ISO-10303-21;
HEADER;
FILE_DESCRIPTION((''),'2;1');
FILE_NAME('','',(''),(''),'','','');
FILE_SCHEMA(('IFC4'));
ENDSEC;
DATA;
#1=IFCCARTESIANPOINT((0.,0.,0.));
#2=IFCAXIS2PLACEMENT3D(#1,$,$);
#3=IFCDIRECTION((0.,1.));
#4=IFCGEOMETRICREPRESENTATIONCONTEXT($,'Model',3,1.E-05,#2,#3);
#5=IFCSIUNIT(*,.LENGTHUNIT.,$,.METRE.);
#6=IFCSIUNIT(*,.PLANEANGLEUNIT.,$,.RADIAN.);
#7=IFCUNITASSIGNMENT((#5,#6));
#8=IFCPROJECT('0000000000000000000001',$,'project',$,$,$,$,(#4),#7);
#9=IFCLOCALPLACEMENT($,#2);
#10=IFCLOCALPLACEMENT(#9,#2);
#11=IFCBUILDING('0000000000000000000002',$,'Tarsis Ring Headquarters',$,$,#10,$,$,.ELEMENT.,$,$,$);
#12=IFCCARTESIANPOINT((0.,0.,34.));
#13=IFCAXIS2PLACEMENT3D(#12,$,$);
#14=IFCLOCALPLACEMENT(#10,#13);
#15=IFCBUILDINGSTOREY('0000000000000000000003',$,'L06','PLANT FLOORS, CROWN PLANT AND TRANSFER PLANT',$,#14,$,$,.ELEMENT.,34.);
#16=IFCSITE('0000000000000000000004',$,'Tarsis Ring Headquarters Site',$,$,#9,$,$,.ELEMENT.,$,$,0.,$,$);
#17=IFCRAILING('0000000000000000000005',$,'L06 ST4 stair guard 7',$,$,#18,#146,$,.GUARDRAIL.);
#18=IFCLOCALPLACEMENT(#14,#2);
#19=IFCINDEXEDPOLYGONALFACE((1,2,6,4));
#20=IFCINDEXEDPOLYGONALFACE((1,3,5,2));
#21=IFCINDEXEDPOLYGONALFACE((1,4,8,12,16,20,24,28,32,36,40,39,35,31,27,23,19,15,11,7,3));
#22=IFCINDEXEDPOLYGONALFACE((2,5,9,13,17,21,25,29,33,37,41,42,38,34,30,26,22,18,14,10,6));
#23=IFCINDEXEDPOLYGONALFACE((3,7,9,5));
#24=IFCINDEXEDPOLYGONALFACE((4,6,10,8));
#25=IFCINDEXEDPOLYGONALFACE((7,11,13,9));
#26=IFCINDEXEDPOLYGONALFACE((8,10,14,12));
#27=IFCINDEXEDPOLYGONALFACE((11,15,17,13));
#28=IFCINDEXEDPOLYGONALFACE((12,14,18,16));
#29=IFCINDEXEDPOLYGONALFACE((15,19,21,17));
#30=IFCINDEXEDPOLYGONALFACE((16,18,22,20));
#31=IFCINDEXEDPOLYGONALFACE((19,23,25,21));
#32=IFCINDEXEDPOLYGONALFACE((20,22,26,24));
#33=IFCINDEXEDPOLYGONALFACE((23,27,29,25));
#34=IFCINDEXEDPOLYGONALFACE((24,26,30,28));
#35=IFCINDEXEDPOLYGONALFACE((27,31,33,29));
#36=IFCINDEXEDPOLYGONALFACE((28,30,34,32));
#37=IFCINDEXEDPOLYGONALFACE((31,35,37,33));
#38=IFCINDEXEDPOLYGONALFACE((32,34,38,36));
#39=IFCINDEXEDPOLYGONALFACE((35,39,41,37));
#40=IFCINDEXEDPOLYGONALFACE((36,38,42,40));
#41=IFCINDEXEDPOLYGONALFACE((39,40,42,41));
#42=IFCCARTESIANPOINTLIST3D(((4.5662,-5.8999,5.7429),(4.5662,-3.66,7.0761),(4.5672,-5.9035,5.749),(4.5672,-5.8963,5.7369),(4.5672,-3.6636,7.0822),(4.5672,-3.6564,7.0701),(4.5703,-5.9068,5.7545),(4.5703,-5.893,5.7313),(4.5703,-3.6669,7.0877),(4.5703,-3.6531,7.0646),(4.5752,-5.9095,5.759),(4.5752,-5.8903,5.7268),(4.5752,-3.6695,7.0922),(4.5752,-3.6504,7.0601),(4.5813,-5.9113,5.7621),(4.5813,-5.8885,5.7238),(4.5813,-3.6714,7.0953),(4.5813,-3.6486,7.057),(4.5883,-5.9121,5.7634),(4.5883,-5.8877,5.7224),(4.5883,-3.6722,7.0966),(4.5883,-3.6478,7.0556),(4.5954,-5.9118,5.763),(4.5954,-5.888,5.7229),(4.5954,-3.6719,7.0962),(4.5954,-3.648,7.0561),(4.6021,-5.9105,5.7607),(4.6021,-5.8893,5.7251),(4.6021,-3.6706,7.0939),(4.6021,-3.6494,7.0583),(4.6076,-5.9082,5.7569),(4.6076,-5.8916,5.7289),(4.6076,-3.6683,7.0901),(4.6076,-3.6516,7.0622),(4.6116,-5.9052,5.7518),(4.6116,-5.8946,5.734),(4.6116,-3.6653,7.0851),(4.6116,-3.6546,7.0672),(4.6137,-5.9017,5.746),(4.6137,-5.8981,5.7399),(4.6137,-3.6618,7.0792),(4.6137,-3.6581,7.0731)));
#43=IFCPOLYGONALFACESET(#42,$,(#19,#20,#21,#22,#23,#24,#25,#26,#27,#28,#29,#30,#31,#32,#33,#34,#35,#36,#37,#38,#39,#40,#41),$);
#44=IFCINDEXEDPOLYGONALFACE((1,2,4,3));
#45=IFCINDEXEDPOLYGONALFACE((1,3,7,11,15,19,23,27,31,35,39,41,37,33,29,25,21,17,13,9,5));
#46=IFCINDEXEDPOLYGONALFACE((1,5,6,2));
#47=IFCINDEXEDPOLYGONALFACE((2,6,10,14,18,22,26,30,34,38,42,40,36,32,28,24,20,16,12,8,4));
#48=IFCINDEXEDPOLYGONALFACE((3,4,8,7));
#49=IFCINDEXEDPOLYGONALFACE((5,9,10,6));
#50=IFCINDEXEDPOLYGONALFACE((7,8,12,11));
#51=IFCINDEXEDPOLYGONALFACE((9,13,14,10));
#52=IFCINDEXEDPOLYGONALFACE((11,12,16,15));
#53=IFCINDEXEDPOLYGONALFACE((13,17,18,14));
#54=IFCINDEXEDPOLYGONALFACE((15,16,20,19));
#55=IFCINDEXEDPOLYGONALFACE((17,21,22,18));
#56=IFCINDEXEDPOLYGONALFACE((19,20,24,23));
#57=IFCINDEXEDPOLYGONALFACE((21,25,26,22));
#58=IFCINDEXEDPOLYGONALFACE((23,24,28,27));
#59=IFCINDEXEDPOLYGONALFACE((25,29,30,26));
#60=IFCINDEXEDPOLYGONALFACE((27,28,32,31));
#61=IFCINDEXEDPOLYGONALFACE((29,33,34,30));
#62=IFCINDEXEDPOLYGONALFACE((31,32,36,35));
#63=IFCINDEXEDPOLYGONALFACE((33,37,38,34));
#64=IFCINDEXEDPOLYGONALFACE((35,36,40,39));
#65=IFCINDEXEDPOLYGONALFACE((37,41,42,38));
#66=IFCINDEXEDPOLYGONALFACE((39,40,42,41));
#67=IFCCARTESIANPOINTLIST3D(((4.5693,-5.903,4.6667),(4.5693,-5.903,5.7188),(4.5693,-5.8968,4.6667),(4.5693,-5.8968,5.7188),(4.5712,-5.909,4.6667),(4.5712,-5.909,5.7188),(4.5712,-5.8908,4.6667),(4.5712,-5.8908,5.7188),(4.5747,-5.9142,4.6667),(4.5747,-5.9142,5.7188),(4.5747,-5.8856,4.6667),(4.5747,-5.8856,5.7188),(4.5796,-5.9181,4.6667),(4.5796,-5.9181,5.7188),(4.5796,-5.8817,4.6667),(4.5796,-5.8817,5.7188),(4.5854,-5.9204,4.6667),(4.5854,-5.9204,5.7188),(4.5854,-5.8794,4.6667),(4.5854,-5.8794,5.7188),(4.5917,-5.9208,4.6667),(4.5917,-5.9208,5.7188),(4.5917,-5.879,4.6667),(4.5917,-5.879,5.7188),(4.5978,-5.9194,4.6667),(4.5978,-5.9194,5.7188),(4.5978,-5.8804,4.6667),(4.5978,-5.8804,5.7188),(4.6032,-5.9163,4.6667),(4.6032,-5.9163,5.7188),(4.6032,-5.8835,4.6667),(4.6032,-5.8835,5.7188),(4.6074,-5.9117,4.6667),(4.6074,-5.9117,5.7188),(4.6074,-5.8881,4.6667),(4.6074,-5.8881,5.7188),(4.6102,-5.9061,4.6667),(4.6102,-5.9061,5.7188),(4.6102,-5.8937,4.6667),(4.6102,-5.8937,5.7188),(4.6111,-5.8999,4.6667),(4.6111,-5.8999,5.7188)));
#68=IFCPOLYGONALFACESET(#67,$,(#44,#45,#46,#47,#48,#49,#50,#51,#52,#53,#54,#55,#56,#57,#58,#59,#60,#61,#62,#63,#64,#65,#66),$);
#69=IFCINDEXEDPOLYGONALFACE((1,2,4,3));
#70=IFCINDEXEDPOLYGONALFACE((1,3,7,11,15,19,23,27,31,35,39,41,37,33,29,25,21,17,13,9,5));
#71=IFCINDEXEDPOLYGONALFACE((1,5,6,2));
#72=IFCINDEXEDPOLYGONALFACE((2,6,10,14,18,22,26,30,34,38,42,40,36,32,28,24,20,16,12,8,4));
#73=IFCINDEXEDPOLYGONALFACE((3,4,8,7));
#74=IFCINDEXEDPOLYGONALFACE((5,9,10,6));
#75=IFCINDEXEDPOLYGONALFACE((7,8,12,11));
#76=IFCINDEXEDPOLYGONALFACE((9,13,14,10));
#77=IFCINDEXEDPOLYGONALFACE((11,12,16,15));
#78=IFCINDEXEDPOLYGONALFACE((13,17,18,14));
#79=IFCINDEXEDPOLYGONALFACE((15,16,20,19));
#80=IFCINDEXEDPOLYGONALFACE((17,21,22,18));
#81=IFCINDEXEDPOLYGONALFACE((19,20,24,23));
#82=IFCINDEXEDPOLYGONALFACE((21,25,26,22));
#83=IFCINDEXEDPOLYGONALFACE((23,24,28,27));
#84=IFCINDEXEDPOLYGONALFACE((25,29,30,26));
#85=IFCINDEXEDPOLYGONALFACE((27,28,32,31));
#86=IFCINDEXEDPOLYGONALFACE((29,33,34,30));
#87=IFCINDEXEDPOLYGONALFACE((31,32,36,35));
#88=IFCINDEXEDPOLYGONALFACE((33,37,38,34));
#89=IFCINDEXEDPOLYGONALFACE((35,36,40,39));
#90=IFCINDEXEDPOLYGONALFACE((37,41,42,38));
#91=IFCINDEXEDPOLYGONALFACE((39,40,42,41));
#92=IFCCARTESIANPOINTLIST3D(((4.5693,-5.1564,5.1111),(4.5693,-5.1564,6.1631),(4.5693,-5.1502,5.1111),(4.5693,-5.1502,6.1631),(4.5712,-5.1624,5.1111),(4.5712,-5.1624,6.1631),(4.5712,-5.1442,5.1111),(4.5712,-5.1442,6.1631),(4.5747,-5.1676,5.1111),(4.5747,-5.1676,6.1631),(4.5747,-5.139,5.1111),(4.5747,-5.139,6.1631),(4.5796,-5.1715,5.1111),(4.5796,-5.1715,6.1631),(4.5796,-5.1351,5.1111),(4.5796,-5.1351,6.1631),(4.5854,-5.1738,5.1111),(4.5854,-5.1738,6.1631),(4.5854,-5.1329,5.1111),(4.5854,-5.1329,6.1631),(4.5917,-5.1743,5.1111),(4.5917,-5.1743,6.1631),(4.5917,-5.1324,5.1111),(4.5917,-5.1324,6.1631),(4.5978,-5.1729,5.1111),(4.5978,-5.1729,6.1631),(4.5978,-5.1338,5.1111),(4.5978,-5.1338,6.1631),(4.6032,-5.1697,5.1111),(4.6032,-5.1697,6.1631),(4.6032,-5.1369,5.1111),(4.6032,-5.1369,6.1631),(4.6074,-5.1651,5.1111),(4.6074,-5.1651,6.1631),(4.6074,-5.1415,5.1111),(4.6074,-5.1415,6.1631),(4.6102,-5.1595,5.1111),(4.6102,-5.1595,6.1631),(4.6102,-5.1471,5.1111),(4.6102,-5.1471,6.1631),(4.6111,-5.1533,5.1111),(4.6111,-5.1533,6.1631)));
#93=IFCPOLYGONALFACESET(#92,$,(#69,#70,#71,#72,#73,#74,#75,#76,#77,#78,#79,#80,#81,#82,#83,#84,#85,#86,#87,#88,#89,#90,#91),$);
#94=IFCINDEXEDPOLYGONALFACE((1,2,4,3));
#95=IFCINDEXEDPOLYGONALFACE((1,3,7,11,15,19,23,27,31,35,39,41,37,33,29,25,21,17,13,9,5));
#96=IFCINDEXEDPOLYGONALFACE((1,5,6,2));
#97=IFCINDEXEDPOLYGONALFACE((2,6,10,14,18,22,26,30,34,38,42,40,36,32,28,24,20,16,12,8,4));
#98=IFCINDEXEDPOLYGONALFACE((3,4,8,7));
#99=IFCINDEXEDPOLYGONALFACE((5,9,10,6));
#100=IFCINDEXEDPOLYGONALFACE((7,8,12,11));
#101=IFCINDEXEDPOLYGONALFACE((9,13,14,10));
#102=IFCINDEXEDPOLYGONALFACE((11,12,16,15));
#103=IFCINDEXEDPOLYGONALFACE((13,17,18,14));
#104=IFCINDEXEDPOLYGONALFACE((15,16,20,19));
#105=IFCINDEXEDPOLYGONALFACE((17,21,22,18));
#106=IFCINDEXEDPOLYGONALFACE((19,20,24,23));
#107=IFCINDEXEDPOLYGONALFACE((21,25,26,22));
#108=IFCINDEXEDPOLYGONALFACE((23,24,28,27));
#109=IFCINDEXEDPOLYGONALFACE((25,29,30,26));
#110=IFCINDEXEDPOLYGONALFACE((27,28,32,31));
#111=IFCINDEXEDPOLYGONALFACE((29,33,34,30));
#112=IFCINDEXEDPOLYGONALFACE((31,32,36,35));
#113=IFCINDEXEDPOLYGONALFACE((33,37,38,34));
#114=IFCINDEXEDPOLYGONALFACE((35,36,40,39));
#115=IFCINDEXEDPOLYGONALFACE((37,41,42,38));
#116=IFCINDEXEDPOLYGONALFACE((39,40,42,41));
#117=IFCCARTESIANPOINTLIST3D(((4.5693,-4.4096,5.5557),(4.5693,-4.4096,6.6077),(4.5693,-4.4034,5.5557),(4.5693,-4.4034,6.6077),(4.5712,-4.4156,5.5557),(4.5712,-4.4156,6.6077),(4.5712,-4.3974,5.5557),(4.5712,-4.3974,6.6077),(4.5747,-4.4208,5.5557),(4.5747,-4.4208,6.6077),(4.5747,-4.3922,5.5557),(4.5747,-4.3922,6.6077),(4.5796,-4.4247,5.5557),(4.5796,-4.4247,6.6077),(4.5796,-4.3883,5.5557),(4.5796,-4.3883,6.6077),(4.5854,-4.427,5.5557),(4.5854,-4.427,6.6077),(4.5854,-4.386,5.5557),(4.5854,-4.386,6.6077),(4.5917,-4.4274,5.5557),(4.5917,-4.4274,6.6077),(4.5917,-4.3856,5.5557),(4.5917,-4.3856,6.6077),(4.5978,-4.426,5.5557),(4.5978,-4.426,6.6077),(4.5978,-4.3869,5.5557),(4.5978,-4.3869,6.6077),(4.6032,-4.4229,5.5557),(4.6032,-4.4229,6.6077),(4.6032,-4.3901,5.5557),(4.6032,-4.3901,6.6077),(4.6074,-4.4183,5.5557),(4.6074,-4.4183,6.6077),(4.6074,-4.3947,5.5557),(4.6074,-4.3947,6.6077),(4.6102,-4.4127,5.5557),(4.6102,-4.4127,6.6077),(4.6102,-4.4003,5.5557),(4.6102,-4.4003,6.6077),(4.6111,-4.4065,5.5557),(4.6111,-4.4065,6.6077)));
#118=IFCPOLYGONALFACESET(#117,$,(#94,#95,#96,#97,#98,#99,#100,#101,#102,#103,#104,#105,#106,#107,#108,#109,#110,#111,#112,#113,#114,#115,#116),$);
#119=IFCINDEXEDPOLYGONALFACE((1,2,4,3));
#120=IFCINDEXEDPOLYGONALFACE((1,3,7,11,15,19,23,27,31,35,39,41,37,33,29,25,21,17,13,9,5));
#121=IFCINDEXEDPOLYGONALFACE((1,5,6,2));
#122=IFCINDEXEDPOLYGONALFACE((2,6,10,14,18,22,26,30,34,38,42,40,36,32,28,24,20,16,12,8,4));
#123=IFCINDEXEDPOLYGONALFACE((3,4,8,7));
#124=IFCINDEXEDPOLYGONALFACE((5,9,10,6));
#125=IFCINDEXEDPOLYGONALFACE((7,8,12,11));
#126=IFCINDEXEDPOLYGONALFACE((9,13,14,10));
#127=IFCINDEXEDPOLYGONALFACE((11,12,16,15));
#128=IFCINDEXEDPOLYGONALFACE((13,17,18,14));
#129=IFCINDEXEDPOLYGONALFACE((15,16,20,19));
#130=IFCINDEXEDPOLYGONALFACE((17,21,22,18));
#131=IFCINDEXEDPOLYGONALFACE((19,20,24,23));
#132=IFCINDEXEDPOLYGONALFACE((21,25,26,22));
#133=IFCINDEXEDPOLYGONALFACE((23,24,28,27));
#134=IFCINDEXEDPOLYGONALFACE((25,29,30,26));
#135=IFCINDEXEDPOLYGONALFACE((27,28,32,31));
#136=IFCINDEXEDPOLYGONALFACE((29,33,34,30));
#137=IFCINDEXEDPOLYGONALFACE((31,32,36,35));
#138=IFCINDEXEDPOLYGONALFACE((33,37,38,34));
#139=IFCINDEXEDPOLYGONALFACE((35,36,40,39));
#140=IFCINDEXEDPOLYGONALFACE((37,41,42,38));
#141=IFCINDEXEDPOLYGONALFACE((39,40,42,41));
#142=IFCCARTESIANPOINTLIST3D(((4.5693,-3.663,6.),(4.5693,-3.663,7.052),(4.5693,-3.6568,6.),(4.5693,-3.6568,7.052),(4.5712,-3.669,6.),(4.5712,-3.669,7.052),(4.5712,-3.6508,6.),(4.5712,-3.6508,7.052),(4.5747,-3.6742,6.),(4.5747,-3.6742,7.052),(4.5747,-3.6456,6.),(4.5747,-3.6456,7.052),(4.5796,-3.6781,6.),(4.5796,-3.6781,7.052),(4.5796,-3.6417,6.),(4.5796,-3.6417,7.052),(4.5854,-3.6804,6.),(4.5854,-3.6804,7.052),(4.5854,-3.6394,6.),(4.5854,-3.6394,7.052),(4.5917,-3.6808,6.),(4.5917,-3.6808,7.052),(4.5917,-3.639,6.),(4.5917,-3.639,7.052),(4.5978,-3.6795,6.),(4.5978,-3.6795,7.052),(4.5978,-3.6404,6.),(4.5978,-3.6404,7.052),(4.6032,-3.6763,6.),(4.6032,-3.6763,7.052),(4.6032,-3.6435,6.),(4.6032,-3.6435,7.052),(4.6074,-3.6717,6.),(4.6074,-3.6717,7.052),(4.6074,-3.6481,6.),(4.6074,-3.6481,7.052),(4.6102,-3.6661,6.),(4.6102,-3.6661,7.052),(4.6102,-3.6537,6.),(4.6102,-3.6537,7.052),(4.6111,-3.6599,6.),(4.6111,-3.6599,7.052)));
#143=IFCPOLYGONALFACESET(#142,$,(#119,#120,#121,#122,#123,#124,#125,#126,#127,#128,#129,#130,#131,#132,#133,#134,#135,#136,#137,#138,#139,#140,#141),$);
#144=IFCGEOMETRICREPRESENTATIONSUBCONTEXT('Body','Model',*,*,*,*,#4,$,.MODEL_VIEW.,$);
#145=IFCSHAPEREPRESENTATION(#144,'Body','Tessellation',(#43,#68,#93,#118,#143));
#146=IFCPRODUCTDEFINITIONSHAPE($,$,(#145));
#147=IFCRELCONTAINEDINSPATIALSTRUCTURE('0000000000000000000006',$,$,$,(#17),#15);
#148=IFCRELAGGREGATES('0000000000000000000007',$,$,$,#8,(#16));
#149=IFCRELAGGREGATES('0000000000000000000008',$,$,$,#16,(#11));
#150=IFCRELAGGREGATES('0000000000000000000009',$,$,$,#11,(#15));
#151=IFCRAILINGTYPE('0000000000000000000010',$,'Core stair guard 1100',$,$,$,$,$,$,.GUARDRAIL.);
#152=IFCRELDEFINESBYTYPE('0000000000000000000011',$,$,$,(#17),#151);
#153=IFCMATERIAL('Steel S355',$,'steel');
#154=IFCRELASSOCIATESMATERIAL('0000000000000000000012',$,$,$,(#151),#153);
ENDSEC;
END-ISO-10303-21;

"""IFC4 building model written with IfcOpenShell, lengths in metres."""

from ifc_helpers import new_model, si_unit, direction, frame, origin, origin_2d, place, context, subcontext, project, spatial, circle, extrude, material, type_object, element, save


model = new_model("IFC4")

# Units and contexts
model_context = context("Model", 3, precision=1e-05, world=origin(), true_north=direction((0.0, 1.0)))
body_context = subcontext(model_context, "Body", "Model", "MODEL_VIEW")
ifc_project = project(units=[si_unit("LENGTHUNIT", "METRE"), si_unit("PLANEANGLEUNIT", "RADIAN")], contexts=[model_context])

# Site, building, storey
site_placement = place(None, origin())
site = spatial("IfcSite", under=ifc_project, at=site_placement, Name="Tarsis Ring Headquarters Site", CompositionType="ELEMENT", RefElevation=0.0)
building_placement = place(site_placement, origin())
building = spatial("IfcBuilding", under=site, at=building_placement, Name="Tarsis Ring Headquarters", CompositionType="ELEMENT")
storey_placement = place(building_placement, frame((0.0, 0.0, 34.0)))
storey = spatial("IfcBuildingStorey", under=building, at=storey_placement, Name="L06", Description="PLANT FLOORS, CROWN PLANT AND TRANSFER PLANT", CompositionType="ELEMENT", Elevation=34.0)

# Railing
ifc_material_1 = material(Name="Steel S355", Category="steel")
railing_type_1 = type_object("IfcRailingType", Name="Core stair guard 1100", PredefinedType="GUARDRAIL", material=ifc_material_1)
railing_1_placement = place(storey_placement, frame((4.5901, -5.8999, 4.6667)))
element("IfcRailing", 1, at=railing_1_placement, inside=storey, type_object=railing_type_1, Name="L06 ST4 stair guard 7", PredefinedType="GUARDRAIL", context=body_context, shape_type="SweptSolid", body=[
    extrude(circle(Radius=0.0239, at=origin_2d()), frame((0.0, 0.0, 1.0762), z_axis=(0.0, 0.859306, 0.511462), x_axis=(-1.0, 0.0, 0.0)), (0.0, 0.0, 1.0), 2.6067),
    extrude(circle(Radius=0.021, at=origin_2d()), origin(), (0.0, 0.0, 1.0), 1.052),
    extrude(circle(Radius=0.021, at=origin_2d()), frame((0.0, 0.7466, 0.4443)), (0.0, 0.0, 1.0), 1.052),
    extrude(circle(Radius=0.021, at=origin_2d()), frame((0.0, 1.4934, 0.8889)), (0.0, 0.0, 1.0), 1.052),
    extrude(circle(Radius=0.021, at=origin_2d()), frame((0.0, 2.24, 1.3333)), (0.0, 0.0, 1.0), 1.052),
])

save(model, "model.ifc")
